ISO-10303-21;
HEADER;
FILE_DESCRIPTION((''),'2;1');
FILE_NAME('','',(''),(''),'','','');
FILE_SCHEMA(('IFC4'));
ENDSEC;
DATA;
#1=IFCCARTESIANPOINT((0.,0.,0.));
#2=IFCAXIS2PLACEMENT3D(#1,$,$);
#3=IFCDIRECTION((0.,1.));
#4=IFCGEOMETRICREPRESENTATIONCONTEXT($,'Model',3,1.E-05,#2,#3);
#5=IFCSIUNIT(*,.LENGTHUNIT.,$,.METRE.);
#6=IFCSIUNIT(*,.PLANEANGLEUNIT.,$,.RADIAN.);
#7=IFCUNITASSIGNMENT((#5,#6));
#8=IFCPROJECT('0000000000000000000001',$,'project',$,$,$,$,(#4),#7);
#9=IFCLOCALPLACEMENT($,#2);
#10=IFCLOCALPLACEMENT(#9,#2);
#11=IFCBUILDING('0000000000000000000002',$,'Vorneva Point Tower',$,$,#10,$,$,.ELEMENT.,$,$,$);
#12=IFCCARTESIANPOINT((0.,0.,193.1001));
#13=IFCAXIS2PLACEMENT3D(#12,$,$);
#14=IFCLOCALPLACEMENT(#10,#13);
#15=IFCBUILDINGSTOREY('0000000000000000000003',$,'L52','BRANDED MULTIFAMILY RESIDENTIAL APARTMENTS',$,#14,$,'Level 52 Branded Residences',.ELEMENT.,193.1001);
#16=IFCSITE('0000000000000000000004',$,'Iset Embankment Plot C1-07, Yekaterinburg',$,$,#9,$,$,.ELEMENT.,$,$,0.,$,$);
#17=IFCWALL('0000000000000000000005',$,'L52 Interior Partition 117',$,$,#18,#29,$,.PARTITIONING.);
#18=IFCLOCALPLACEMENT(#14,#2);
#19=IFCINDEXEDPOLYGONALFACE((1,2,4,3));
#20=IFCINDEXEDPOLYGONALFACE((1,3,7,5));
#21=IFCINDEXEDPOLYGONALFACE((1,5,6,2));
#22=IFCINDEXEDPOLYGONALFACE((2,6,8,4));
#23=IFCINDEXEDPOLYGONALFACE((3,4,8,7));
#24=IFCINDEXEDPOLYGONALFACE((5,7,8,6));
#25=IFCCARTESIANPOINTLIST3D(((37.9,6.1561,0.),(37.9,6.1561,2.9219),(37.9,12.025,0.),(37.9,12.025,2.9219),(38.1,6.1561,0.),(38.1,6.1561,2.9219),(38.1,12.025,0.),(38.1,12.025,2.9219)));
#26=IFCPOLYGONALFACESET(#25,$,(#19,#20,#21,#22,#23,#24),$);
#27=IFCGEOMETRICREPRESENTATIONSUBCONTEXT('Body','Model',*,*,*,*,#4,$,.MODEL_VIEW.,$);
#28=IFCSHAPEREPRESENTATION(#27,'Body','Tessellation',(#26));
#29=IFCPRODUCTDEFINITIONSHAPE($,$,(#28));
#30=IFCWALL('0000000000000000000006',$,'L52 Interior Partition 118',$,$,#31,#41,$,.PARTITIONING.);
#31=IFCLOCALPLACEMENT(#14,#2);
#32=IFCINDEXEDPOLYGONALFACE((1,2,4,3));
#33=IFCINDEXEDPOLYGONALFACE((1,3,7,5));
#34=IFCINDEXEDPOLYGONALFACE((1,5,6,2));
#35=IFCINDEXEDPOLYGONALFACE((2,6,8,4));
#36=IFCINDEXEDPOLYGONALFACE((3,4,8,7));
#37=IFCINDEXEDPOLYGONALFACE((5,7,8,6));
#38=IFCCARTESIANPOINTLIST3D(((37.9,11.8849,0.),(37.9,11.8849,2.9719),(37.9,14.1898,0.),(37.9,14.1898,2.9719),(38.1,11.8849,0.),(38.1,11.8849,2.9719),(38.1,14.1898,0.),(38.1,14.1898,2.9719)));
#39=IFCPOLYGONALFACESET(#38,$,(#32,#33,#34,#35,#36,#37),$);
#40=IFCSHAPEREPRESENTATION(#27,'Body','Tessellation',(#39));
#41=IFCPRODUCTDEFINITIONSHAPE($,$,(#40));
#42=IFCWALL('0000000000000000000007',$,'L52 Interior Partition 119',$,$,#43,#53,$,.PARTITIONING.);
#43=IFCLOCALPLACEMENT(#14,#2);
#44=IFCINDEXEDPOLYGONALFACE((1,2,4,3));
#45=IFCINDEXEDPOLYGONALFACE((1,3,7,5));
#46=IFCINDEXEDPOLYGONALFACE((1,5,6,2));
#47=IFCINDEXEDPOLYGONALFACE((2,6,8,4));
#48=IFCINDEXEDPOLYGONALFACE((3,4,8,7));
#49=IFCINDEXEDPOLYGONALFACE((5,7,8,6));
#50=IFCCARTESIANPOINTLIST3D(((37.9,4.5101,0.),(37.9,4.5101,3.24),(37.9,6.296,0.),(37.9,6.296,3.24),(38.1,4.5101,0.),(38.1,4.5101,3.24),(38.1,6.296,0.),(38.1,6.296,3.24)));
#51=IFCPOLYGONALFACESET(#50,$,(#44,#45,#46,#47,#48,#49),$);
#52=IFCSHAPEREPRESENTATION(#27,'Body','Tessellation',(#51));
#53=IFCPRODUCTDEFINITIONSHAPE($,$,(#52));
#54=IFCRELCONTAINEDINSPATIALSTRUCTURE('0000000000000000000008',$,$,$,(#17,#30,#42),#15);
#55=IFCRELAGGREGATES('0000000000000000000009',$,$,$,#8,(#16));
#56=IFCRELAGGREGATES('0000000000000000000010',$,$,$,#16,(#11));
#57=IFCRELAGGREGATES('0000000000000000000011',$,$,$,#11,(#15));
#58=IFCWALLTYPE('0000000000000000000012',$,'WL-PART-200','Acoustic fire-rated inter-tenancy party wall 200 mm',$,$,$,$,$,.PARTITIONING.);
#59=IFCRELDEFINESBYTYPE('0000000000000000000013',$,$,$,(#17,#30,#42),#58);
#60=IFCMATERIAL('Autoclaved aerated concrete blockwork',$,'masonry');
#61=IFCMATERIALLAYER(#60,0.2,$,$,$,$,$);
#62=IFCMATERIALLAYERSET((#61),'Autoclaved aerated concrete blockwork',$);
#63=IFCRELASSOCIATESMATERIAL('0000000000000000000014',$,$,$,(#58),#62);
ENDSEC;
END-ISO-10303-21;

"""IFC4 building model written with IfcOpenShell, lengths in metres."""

from ifc_helpers import new_model, si_unit, direction, frame, frame_2d, origin, place, context, subcontext, project, spatial, rectangle, extrude, material, layer, layer_set, type_object, element, save


model = new_model("IFC4")

# Units and contexts
model_context = context("Model", 3, precision=1e-05, world=origin(), true_north=direction((0.0, 1.0)))
body_context = subcontext(model_context, "Body", "Model", "MODEL_VIEW")
ifc_project = project(units=[si_unit("LENGTHUNIT", "METRE"), si_unit("PLANEANGLEUNIT", "RADIAN")], contexts=[model_context])

# Site, building, storey
site_placement = place(None, origin())
site = spatial("IfcSite", under=ifc_project, at=site_placement, Name="Iset Embankment Plot C1-07, Yekaterinburg", CompositionType="ELEMENT", RefElevation=0.0)
building_placement = place(site_placement, origin())
building = spatial("IfcBuilding", under=site, at=building_placement, Name="Vorneva Point Tower", CompositionType="ELEMENT")
storey_placement = place(building_placement, frame((0.0, 0.0, 193.1001)))
storey = spatial("IfcBuildingStorey", under=building, at=storey_placement, Name="L52", Description="BRANDED MULTIFAMILY RESIDENTIAL APARTMENTS", LongName="Level 52 Branded Residences", CompositionType="ELEMENT", Elevation=193.1001)

# Shared definitions
ifc_material_1 = material(Name="Autoclaved aerated concrete blockwork", Category="masonry")

# Walls
ifc_layer_1 = layer(ifc_material_1, 0.2)
ifc_layer_set_1 = layer_set([ifc_layer_1], Name="Autoclaved aerated concrete blockwork")
wall_type_1 = type_object("IfcWallType", Name="WL-PART-200", Description="Acoustic fire-rated inter-tenancy party wall 200 mm", PredefinedType="PARTITIONING", material=ifc_layer_set_1)
wall_1_placement = place(storey_placement, frame((38.0, 6.156, 0.0), z_axis=(0.0, 0.0, 1.0), x_axis=(0.0, 1.0, 0.0)))
element("IfcWall", 1, at=wall_1_placement, inside=storey, type_object=wall_type_1, Name="L52 Interior Partition 117", PredefinedType="PARTITIONING", context=body_context, shape_type="SweptSolid", body=[
    extrude(rectangle(XDim=5.8689, YDim=0.2, at=frame_2d((2.9346, 0.0))), origin(), (0.0, 0.0, 1.0), 2.9219),
])
wall_2_placement = place(storey_placement, frame((38.0, 11.885, 0.0), z_axis=(0.0, 0.0, 1.0), x_axis=(0.0, 1.0, 0.0)))
element("IfcWall", 2, at=wall_2_placement, inside=storey, type_object=wall_type_1, Name="L52 Interior Partition 118", PredefinedType="PARTITIONING", context=body_context, shape_type="SweptSolid", body=[
    extrude(rectangle(XDim=2.3049, YDim=0.2, at=frame_2d((1.1523, 0.0))), origin(), (0.0, 0.0, 1.0), 2.9719),
])
wall_3_placement = place(storey_placement, frame((38.0, 4.51, 0.0), z_axis=(0.0, 0.0, 1.0), x_axis=(0.0, 1.0, 0.0)))
element("IfcWall", 3, at=wall_3_placement, inside=storey, type_object=wall_type_1, Name="L52 Interior Partition 119", PredefinedType="PARTITIONING", context=body_context, shape_type="SweptSolid", body=[
    extrude(rectangle(XDim=1.7859, YDim=0.2, at=frame_2d((0.8931, 0.0))), origin(), (0.0, 0.0, 1.0), 3.24),
])

save(model, "model.ifc")
